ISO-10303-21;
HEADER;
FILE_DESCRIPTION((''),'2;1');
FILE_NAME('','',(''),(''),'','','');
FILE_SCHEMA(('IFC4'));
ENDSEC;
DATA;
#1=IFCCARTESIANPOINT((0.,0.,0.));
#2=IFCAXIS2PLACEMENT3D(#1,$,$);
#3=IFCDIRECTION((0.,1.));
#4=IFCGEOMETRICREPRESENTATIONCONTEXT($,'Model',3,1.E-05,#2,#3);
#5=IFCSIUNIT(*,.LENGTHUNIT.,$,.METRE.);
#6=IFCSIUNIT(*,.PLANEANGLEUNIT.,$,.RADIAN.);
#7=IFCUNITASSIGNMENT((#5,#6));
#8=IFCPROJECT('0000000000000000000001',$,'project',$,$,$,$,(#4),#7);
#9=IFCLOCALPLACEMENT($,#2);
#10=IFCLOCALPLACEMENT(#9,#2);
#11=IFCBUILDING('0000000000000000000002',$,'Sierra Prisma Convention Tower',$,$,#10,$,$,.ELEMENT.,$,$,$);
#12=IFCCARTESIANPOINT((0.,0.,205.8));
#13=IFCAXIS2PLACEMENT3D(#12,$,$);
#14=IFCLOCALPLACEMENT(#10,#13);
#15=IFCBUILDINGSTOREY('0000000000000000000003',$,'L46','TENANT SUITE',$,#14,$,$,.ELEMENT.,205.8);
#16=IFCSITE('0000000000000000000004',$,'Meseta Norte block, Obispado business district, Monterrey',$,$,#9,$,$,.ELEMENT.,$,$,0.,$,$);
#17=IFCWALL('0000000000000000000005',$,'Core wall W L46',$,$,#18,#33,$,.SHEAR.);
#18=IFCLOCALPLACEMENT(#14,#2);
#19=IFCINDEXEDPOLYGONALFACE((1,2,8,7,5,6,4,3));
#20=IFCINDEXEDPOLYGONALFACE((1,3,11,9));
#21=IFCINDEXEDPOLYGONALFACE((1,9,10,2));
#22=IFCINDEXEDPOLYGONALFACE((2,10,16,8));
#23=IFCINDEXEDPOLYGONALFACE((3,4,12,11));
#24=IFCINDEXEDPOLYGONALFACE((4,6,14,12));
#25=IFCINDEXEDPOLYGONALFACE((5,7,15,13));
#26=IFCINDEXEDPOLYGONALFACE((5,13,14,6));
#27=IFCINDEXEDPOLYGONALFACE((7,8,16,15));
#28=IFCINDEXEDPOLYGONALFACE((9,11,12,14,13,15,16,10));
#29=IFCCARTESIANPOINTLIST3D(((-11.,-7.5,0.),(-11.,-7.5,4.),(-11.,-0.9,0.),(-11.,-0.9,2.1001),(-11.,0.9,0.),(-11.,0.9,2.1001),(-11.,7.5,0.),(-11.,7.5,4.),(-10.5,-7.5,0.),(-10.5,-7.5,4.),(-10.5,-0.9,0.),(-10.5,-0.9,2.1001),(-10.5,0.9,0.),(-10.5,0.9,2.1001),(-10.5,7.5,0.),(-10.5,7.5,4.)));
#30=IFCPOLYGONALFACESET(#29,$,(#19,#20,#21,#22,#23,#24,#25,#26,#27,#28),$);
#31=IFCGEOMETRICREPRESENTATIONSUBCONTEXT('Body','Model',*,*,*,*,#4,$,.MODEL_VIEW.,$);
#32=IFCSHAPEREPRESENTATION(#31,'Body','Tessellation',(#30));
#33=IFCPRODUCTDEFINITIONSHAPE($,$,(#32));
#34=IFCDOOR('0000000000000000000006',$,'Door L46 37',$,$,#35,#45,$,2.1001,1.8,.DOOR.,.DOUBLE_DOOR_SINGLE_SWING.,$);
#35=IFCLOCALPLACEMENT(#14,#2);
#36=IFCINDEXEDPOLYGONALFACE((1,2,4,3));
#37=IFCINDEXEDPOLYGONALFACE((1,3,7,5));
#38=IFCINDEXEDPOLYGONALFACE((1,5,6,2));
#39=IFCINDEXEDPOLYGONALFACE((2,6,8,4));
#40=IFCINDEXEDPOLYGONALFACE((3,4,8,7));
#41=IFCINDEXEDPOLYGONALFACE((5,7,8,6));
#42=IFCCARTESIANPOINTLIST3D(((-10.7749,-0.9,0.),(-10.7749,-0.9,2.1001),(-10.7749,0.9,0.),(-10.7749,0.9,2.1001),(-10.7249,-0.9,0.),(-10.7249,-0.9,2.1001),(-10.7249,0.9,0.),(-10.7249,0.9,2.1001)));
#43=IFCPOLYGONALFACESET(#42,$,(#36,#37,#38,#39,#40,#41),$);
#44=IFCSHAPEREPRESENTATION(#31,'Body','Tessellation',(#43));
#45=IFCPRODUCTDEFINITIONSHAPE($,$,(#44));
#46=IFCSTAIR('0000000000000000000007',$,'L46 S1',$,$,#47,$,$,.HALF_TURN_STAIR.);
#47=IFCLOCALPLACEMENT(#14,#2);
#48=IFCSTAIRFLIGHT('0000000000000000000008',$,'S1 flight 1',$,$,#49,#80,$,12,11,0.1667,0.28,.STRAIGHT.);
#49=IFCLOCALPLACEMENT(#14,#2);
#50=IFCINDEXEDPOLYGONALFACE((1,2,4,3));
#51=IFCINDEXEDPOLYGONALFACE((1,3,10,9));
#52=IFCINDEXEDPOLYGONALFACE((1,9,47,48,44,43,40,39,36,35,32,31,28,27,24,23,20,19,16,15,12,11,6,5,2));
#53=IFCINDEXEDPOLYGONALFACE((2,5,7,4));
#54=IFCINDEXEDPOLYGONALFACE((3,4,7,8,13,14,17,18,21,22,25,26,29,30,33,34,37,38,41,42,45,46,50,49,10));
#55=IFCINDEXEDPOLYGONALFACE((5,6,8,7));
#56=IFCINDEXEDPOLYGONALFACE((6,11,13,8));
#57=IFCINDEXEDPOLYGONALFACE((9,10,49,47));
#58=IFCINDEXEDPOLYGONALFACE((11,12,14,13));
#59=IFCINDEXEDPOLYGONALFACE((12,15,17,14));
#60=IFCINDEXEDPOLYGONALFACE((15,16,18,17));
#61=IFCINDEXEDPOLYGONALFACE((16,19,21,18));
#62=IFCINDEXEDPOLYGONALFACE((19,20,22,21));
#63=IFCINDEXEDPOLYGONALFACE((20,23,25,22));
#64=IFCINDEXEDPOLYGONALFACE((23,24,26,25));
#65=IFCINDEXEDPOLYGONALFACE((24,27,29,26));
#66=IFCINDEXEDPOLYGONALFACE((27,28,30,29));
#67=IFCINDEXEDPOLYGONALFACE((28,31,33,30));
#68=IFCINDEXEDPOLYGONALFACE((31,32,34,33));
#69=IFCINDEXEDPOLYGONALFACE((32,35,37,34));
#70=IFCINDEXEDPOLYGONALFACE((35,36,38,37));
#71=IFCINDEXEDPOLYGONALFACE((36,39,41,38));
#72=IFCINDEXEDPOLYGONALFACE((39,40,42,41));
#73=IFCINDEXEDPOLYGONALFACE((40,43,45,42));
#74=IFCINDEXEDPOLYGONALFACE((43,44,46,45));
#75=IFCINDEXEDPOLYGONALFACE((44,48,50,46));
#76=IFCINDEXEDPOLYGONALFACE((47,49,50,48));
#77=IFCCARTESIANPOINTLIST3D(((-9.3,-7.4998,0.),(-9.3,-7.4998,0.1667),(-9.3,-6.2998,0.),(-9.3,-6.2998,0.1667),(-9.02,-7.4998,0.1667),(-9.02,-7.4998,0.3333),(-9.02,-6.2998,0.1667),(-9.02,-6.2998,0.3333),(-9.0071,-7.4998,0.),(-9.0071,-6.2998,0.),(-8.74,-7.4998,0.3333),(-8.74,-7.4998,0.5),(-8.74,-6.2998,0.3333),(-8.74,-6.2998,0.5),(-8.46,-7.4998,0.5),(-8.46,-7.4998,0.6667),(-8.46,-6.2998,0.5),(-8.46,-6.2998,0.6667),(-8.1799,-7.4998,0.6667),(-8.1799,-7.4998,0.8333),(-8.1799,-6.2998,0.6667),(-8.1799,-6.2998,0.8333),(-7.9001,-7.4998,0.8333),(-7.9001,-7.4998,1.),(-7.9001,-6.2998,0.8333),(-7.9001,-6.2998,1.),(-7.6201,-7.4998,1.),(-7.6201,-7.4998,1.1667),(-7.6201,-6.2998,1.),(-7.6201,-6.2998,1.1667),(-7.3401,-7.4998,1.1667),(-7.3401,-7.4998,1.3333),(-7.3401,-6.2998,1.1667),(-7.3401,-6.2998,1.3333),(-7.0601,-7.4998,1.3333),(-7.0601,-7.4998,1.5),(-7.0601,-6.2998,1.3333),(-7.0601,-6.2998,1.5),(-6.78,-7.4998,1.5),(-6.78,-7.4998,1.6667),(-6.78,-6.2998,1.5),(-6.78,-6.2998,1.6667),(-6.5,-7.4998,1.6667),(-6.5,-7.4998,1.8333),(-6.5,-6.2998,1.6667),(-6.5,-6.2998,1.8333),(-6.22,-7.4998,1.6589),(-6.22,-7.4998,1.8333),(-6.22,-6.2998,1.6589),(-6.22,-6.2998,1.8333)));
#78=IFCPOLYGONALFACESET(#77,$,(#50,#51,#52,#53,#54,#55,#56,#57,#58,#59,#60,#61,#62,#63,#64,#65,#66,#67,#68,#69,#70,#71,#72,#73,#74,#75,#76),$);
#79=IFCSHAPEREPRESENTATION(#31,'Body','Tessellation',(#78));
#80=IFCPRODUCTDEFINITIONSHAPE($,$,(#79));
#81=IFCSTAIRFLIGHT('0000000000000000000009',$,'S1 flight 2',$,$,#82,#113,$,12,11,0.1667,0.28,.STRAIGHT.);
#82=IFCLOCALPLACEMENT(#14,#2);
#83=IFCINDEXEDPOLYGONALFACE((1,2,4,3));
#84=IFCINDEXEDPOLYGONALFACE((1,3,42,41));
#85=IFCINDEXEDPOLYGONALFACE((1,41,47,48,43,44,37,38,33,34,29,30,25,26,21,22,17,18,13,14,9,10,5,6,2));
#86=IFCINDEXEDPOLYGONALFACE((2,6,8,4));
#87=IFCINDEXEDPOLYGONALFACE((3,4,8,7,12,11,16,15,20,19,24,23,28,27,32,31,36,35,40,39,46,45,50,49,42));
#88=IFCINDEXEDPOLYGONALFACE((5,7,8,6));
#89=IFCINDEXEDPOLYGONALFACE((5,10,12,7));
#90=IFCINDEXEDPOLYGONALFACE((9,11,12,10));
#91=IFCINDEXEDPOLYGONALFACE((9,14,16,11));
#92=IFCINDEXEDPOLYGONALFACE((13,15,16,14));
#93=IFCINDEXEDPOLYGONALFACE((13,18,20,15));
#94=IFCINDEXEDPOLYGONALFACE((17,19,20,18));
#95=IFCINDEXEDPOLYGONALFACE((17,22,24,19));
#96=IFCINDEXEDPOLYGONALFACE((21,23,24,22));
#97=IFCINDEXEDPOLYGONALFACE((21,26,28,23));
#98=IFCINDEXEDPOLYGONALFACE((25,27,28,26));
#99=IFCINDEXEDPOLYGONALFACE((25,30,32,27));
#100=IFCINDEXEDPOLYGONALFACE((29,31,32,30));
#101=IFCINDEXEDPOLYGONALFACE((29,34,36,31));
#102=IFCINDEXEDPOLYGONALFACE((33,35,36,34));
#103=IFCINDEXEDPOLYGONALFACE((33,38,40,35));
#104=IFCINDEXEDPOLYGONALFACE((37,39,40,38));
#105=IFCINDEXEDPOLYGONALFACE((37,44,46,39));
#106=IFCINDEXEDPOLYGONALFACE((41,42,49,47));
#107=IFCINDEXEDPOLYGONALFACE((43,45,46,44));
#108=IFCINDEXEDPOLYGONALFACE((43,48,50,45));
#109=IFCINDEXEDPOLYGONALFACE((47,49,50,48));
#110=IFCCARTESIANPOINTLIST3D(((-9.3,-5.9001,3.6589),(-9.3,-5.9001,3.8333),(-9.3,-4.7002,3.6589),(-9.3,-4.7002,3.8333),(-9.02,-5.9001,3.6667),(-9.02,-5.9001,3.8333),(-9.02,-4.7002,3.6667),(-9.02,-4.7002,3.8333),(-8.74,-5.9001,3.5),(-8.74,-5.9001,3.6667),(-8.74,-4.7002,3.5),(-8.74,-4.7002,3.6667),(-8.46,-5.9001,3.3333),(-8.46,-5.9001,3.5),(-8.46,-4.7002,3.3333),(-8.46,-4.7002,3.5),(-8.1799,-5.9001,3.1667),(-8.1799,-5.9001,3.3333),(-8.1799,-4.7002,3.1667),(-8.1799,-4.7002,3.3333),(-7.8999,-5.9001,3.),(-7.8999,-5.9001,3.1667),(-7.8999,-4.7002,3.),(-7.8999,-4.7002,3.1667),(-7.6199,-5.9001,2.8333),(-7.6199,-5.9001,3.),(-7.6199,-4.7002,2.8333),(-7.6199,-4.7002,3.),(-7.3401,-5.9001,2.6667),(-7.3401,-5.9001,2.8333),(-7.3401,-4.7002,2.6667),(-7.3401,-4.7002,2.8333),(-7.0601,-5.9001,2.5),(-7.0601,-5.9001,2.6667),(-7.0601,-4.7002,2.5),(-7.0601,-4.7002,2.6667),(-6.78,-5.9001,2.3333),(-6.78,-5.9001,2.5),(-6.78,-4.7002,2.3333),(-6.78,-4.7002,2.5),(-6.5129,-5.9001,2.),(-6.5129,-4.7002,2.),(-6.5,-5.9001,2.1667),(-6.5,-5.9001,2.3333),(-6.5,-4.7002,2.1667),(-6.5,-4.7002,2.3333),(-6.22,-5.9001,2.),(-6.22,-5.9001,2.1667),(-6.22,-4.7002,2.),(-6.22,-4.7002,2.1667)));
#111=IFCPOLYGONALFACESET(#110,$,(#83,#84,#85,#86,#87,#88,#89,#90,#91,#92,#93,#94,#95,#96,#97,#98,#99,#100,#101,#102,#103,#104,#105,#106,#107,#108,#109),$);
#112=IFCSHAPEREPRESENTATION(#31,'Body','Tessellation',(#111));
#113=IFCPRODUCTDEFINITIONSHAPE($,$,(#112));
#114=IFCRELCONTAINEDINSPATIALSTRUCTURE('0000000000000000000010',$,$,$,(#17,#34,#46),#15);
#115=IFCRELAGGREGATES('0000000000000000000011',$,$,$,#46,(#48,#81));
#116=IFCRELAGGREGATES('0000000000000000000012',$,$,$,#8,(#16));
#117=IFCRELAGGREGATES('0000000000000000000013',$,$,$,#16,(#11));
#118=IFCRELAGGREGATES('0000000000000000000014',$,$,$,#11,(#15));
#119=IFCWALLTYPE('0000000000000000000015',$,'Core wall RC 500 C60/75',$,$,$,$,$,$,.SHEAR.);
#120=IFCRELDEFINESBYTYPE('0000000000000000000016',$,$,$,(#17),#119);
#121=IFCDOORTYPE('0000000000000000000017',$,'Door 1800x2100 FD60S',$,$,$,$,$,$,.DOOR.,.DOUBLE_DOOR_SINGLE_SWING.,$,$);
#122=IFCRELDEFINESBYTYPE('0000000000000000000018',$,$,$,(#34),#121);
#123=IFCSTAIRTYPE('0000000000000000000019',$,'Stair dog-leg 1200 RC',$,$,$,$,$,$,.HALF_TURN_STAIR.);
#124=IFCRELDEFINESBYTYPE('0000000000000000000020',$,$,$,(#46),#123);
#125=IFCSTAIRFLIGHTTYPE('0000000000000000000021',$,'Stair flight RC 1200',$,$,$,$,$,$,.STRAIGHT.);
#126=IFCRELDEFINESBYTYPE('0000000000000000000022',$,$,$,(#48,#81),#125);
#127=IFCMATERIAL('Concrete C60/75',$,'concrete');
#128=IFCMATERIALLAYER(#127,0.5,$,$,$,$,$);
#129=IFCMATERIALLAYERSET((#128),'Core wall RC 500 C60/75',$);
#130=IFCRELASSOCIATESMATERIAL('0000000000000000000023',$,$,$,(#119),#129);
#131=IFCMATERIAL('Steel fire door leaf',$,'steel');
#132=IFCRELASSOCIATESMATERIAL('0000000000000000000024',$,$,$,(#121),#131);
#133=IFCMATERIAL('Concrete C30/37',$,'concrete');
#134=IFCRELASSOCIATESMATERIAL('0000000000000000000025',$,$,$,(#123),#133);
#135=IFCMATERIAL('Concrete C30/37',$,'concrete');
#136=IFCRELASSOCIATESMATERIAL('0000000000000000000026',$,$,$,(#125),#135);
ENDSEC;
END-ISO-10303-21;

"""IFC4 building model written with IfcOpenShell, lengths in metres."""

from ifc_helpers import new_model, si_unit, direction, frame, frame_2d, origin, place, context, subcontext, project, spatial, polyline, rectangle, outline, extrude, material, layer, layer_set, type_object, element, fill, aggregate, save


model = new_model("IFC4")

# Units and contexts
model_context = context("Model", 3, precision=1e-05, world=origin(), true_north=direction((0.0, 1.0)))
body_context = subcontext(model_context, "Body", "Model", "MODEL_VIEW")
ifc_project = project(units=[si_unit("LENGTHUNIT", "METRE"), si_unit("PLANEANGLEUNIT", "RADIAN")], contexts=[model_context])

# Site, building, storey
site_placement = place(None, origin())
site = spatial("IfcSite", under=ifc_project, at=site_placement, Name="Meseta Norte block, Obispado business district, Monterrey", CompositionType="ELEMENT", RefElevation=0.0)
building_placement = place(site_placement, origin())
building = spatial("IfcBuilding", under=site, at=building_placement, Name="Sierra Prisma Convention Tower", CompositionType="ELEMENT")
storey_placement = place(building_placement, frame((0.0, 0.0, 205.8)))
storey = spatial("IfcBuildingStorey", under=building, at=storey_placement, Name="L46", Description="TENANT SUITE", CompositionType="ELEMENT", Elevation=205.8)

# Wall, opening, door
ifc_material_1 = material(Name="Concrete C60/75", Category="concrete")
ifc_layer_1 = layer(ifc_material_1, 0.5)
ifc_layer_set_1 = layer_set([ifc_layer_1], Name="Core wall RC 500 C60/75")
wall_type_1 = type_object("IfcWallType", Name="Core wall RC 500 C60/75", PredefinedType="SHEAR", material=ifc_layer_set_1)
wall_1_placement = place(storey_placement, frame((-10.75, -7.5, 0.0), z_axis=(0.0, 0.0, 1.0), x_axis=(0.0, 1.0, 0.0)))
wall_1 = element("IfcWall", 1, at=wall_1_placement, inside=storey, type_object=wall_type_1, Name="Core wall W L46", PredefinedType="SHEAR", context=body_context, shape_type="SweptSolid", body=[
    extrude(rectangle(XDim=15.0, YDim=0.5, at=frame_2d((7.5, 0.0))), origin(), (0.0, 0.0, 1.0), 4.0),
])
opening_1_placement = place(wall_1_placement, frame((6.6001, 0.0, 0.0)))
opening_1 = element("IfcOpeningElement", 2, at=opening_1_placement, cuts=wall_1, PredefinedType="OPENING", context=body_context, shape_type="SweptSolid", body=[
    extrude(rectangle(XDim=1.8, YDim=2.1001, at=frame_2d((0.8999, 1.05))), frame((0.0, 0.25, 0.0), z_axis=(0.0, -1.0, 0.0), x_axis=(1.0, 0.0, 0.0)), (0.0, 0.0, 1.0), 0.5),
])
ifc_material_2 = material(Name="Steel fire door leaf", Category="steel")
door_type_1 = type_object("IfcDoorType", Name="Door 1800x2100 FD60S", OperationType="DOUBLE_DOOR_SINGLE_SWING", PredefinedType="DOOR", material=ifc_material_2)
door_1_placement = place(opening_1_placement, origin())
door_1 = element("IfcDoor", 3, at=door_1_placement, inside=storey, type_object=door_type_1, Name="Door L46 37", OperationType="DOUBLE_DOOR_SINGLE_SWING", OverallHeight=2.1001, OverallWidth=1.8, PredefinedType="DOOR", context=body_context, shape_type="SweptSolid", body=[
    extrude(rectangle(XDim=1.8, YDim=2.1001, at=frame_2d((0.8999, 1.05))), frame((0.0, 0.0249, 0.0), z_axis=(0.0, -1.0, 0.0), x_axis=(1.0, 0.0, 0.0)), (0.0, 0.0, 1.0), 0.05),
])
fill(opening_1, door_1)

# Stair, stair flights
ifc_material_3 = material(Name="Concrete C30/37", Category="concrete")
stair_type = type_object("IfcStairType", Name="Stair dog-leg 1200 RC", PredefinedType="HALF_TURN_STAIR", material=ifc_material_3)
stair_placement = place(storey_placement, origin())
stair = element("IfcStair", 4, at=stair_placement, inside=storey, type_object=stair_type, Name="L46 S1", PredefinedType="HALF_TURN_STAIR")
ifc_material_4 = material(Name="Concrete C30/37", Category="concrete")
stair_flight_type = type_object("IfcStairFlightType", Name="Stair flight RC 1200", PredefinedType="STRAIGHT", material=ifc_material_4)
stair_flight_1_placement = place(storey_placement, frame((-9.3, -6.8999, 0.0), z_axis=(0.0, 0.0, 1.0), x_axis=(1.0, 0.0, 0.0)))
stair_flight_1 = element("IfcStairFlight", 5, at=stair_flight_1_placement, type_object=stair_flight_type, Name="S1 flight 1", NumberOfRisers=12, NumberOfTreads=11, PredefinedType="STRAIGHT", RiserHeight=0.1667, TreadLength=0.28, context=body_context, shape_type="SweptSolid", body=[
    extrude(outline(polyline([(0.0, 0.0), (0.0, 0.1667), (0.28, 0.1667), (0.28, 0.3333), (0.5601, 0.3333), (0.5601, 0.5), (0.8401, 0.5), (0.8401, 0.6667), (1.1201, 0.6667), (1.1201, 0.8333), (1.3999, 0.8333), (1.3999, 1.0), (1.6799, 1.0), (1.6799, 1.1667), (1.96, 1.1667), (1.96, 1.3333), (2.24, 1.3333), (2.24, 1.5), (2.52, 1.5), (2.52, 1.6667), (2.8, 1.6667), (2.8, 1.8333), (3.0801, 1.8333), (3.0801, 2.0), (3.0801, 1.6589), (0.293, 0.0), (0.0, 0.0)])), frame((0.0, 0.6001, 0.0), z_axis=(0.0, -1.0, 0.0), x_axis=(1.0, 0.0, 0.0)), (0.0, 0.0, 1.0), 1.2),
])
stair_flight_2_placement = place(storey_placement, frame((-6.22, -5.3, 2.0), z_axis=(0.0, 0.0, 1.0), x_axis=(-1.0, 0.0, 0.0)))
stair_flight_2 = element("IfcStairFlight", 6, at=stair_flight_2_placement, type_object=stair_flight_type, Name="S1 flight 2", NumberOfRisers=12, NumberOfTreads=11, PredefinedType="STRAIGHT", RiserHeight=0.1667, TreadLength=0.28, context=body_context, shape_type="SweptSolid", body=[
    extrude(outline(polyline([(0.0, 0.0), (0.0, 0.1667), (0.28, 0.1667), (0.28, 0.3333), (0.5601, 0.3333), (0.5601, 0.5), (0.8401, 0.5), (0.8401, 0.6667), (1.1201, 0.6667), (1.1201, 0.8333), (1.3999, 0.8333), (1.3999, 1.0), (1.6799, 1.0), (1.6799, 1.1667), (1.96, 1.1667), (1.96, 1.3333), (2.24, 1.3333), (2.24, 1.5), (2.52, 1.5), (2.52, 1.6667), (2.8, 1.6667), (2.8, 1.8333), (3.0801, 1.8333), (3.0801, 2.0), (3.0801, 1.6589), (0.293, 0.0), (0.0, 0.0)])), frame((0.0, 0.6001, 0.0), z_axis=(0.0, -1.0, 0.0), x_axis=(1.0, 0.0, 0.0)), (0.0, 0.0, 1.0), 1.2),
])
aggregate(stair, [stair_flight_1, stair_flight_2])

save(model, "model.ifc")
